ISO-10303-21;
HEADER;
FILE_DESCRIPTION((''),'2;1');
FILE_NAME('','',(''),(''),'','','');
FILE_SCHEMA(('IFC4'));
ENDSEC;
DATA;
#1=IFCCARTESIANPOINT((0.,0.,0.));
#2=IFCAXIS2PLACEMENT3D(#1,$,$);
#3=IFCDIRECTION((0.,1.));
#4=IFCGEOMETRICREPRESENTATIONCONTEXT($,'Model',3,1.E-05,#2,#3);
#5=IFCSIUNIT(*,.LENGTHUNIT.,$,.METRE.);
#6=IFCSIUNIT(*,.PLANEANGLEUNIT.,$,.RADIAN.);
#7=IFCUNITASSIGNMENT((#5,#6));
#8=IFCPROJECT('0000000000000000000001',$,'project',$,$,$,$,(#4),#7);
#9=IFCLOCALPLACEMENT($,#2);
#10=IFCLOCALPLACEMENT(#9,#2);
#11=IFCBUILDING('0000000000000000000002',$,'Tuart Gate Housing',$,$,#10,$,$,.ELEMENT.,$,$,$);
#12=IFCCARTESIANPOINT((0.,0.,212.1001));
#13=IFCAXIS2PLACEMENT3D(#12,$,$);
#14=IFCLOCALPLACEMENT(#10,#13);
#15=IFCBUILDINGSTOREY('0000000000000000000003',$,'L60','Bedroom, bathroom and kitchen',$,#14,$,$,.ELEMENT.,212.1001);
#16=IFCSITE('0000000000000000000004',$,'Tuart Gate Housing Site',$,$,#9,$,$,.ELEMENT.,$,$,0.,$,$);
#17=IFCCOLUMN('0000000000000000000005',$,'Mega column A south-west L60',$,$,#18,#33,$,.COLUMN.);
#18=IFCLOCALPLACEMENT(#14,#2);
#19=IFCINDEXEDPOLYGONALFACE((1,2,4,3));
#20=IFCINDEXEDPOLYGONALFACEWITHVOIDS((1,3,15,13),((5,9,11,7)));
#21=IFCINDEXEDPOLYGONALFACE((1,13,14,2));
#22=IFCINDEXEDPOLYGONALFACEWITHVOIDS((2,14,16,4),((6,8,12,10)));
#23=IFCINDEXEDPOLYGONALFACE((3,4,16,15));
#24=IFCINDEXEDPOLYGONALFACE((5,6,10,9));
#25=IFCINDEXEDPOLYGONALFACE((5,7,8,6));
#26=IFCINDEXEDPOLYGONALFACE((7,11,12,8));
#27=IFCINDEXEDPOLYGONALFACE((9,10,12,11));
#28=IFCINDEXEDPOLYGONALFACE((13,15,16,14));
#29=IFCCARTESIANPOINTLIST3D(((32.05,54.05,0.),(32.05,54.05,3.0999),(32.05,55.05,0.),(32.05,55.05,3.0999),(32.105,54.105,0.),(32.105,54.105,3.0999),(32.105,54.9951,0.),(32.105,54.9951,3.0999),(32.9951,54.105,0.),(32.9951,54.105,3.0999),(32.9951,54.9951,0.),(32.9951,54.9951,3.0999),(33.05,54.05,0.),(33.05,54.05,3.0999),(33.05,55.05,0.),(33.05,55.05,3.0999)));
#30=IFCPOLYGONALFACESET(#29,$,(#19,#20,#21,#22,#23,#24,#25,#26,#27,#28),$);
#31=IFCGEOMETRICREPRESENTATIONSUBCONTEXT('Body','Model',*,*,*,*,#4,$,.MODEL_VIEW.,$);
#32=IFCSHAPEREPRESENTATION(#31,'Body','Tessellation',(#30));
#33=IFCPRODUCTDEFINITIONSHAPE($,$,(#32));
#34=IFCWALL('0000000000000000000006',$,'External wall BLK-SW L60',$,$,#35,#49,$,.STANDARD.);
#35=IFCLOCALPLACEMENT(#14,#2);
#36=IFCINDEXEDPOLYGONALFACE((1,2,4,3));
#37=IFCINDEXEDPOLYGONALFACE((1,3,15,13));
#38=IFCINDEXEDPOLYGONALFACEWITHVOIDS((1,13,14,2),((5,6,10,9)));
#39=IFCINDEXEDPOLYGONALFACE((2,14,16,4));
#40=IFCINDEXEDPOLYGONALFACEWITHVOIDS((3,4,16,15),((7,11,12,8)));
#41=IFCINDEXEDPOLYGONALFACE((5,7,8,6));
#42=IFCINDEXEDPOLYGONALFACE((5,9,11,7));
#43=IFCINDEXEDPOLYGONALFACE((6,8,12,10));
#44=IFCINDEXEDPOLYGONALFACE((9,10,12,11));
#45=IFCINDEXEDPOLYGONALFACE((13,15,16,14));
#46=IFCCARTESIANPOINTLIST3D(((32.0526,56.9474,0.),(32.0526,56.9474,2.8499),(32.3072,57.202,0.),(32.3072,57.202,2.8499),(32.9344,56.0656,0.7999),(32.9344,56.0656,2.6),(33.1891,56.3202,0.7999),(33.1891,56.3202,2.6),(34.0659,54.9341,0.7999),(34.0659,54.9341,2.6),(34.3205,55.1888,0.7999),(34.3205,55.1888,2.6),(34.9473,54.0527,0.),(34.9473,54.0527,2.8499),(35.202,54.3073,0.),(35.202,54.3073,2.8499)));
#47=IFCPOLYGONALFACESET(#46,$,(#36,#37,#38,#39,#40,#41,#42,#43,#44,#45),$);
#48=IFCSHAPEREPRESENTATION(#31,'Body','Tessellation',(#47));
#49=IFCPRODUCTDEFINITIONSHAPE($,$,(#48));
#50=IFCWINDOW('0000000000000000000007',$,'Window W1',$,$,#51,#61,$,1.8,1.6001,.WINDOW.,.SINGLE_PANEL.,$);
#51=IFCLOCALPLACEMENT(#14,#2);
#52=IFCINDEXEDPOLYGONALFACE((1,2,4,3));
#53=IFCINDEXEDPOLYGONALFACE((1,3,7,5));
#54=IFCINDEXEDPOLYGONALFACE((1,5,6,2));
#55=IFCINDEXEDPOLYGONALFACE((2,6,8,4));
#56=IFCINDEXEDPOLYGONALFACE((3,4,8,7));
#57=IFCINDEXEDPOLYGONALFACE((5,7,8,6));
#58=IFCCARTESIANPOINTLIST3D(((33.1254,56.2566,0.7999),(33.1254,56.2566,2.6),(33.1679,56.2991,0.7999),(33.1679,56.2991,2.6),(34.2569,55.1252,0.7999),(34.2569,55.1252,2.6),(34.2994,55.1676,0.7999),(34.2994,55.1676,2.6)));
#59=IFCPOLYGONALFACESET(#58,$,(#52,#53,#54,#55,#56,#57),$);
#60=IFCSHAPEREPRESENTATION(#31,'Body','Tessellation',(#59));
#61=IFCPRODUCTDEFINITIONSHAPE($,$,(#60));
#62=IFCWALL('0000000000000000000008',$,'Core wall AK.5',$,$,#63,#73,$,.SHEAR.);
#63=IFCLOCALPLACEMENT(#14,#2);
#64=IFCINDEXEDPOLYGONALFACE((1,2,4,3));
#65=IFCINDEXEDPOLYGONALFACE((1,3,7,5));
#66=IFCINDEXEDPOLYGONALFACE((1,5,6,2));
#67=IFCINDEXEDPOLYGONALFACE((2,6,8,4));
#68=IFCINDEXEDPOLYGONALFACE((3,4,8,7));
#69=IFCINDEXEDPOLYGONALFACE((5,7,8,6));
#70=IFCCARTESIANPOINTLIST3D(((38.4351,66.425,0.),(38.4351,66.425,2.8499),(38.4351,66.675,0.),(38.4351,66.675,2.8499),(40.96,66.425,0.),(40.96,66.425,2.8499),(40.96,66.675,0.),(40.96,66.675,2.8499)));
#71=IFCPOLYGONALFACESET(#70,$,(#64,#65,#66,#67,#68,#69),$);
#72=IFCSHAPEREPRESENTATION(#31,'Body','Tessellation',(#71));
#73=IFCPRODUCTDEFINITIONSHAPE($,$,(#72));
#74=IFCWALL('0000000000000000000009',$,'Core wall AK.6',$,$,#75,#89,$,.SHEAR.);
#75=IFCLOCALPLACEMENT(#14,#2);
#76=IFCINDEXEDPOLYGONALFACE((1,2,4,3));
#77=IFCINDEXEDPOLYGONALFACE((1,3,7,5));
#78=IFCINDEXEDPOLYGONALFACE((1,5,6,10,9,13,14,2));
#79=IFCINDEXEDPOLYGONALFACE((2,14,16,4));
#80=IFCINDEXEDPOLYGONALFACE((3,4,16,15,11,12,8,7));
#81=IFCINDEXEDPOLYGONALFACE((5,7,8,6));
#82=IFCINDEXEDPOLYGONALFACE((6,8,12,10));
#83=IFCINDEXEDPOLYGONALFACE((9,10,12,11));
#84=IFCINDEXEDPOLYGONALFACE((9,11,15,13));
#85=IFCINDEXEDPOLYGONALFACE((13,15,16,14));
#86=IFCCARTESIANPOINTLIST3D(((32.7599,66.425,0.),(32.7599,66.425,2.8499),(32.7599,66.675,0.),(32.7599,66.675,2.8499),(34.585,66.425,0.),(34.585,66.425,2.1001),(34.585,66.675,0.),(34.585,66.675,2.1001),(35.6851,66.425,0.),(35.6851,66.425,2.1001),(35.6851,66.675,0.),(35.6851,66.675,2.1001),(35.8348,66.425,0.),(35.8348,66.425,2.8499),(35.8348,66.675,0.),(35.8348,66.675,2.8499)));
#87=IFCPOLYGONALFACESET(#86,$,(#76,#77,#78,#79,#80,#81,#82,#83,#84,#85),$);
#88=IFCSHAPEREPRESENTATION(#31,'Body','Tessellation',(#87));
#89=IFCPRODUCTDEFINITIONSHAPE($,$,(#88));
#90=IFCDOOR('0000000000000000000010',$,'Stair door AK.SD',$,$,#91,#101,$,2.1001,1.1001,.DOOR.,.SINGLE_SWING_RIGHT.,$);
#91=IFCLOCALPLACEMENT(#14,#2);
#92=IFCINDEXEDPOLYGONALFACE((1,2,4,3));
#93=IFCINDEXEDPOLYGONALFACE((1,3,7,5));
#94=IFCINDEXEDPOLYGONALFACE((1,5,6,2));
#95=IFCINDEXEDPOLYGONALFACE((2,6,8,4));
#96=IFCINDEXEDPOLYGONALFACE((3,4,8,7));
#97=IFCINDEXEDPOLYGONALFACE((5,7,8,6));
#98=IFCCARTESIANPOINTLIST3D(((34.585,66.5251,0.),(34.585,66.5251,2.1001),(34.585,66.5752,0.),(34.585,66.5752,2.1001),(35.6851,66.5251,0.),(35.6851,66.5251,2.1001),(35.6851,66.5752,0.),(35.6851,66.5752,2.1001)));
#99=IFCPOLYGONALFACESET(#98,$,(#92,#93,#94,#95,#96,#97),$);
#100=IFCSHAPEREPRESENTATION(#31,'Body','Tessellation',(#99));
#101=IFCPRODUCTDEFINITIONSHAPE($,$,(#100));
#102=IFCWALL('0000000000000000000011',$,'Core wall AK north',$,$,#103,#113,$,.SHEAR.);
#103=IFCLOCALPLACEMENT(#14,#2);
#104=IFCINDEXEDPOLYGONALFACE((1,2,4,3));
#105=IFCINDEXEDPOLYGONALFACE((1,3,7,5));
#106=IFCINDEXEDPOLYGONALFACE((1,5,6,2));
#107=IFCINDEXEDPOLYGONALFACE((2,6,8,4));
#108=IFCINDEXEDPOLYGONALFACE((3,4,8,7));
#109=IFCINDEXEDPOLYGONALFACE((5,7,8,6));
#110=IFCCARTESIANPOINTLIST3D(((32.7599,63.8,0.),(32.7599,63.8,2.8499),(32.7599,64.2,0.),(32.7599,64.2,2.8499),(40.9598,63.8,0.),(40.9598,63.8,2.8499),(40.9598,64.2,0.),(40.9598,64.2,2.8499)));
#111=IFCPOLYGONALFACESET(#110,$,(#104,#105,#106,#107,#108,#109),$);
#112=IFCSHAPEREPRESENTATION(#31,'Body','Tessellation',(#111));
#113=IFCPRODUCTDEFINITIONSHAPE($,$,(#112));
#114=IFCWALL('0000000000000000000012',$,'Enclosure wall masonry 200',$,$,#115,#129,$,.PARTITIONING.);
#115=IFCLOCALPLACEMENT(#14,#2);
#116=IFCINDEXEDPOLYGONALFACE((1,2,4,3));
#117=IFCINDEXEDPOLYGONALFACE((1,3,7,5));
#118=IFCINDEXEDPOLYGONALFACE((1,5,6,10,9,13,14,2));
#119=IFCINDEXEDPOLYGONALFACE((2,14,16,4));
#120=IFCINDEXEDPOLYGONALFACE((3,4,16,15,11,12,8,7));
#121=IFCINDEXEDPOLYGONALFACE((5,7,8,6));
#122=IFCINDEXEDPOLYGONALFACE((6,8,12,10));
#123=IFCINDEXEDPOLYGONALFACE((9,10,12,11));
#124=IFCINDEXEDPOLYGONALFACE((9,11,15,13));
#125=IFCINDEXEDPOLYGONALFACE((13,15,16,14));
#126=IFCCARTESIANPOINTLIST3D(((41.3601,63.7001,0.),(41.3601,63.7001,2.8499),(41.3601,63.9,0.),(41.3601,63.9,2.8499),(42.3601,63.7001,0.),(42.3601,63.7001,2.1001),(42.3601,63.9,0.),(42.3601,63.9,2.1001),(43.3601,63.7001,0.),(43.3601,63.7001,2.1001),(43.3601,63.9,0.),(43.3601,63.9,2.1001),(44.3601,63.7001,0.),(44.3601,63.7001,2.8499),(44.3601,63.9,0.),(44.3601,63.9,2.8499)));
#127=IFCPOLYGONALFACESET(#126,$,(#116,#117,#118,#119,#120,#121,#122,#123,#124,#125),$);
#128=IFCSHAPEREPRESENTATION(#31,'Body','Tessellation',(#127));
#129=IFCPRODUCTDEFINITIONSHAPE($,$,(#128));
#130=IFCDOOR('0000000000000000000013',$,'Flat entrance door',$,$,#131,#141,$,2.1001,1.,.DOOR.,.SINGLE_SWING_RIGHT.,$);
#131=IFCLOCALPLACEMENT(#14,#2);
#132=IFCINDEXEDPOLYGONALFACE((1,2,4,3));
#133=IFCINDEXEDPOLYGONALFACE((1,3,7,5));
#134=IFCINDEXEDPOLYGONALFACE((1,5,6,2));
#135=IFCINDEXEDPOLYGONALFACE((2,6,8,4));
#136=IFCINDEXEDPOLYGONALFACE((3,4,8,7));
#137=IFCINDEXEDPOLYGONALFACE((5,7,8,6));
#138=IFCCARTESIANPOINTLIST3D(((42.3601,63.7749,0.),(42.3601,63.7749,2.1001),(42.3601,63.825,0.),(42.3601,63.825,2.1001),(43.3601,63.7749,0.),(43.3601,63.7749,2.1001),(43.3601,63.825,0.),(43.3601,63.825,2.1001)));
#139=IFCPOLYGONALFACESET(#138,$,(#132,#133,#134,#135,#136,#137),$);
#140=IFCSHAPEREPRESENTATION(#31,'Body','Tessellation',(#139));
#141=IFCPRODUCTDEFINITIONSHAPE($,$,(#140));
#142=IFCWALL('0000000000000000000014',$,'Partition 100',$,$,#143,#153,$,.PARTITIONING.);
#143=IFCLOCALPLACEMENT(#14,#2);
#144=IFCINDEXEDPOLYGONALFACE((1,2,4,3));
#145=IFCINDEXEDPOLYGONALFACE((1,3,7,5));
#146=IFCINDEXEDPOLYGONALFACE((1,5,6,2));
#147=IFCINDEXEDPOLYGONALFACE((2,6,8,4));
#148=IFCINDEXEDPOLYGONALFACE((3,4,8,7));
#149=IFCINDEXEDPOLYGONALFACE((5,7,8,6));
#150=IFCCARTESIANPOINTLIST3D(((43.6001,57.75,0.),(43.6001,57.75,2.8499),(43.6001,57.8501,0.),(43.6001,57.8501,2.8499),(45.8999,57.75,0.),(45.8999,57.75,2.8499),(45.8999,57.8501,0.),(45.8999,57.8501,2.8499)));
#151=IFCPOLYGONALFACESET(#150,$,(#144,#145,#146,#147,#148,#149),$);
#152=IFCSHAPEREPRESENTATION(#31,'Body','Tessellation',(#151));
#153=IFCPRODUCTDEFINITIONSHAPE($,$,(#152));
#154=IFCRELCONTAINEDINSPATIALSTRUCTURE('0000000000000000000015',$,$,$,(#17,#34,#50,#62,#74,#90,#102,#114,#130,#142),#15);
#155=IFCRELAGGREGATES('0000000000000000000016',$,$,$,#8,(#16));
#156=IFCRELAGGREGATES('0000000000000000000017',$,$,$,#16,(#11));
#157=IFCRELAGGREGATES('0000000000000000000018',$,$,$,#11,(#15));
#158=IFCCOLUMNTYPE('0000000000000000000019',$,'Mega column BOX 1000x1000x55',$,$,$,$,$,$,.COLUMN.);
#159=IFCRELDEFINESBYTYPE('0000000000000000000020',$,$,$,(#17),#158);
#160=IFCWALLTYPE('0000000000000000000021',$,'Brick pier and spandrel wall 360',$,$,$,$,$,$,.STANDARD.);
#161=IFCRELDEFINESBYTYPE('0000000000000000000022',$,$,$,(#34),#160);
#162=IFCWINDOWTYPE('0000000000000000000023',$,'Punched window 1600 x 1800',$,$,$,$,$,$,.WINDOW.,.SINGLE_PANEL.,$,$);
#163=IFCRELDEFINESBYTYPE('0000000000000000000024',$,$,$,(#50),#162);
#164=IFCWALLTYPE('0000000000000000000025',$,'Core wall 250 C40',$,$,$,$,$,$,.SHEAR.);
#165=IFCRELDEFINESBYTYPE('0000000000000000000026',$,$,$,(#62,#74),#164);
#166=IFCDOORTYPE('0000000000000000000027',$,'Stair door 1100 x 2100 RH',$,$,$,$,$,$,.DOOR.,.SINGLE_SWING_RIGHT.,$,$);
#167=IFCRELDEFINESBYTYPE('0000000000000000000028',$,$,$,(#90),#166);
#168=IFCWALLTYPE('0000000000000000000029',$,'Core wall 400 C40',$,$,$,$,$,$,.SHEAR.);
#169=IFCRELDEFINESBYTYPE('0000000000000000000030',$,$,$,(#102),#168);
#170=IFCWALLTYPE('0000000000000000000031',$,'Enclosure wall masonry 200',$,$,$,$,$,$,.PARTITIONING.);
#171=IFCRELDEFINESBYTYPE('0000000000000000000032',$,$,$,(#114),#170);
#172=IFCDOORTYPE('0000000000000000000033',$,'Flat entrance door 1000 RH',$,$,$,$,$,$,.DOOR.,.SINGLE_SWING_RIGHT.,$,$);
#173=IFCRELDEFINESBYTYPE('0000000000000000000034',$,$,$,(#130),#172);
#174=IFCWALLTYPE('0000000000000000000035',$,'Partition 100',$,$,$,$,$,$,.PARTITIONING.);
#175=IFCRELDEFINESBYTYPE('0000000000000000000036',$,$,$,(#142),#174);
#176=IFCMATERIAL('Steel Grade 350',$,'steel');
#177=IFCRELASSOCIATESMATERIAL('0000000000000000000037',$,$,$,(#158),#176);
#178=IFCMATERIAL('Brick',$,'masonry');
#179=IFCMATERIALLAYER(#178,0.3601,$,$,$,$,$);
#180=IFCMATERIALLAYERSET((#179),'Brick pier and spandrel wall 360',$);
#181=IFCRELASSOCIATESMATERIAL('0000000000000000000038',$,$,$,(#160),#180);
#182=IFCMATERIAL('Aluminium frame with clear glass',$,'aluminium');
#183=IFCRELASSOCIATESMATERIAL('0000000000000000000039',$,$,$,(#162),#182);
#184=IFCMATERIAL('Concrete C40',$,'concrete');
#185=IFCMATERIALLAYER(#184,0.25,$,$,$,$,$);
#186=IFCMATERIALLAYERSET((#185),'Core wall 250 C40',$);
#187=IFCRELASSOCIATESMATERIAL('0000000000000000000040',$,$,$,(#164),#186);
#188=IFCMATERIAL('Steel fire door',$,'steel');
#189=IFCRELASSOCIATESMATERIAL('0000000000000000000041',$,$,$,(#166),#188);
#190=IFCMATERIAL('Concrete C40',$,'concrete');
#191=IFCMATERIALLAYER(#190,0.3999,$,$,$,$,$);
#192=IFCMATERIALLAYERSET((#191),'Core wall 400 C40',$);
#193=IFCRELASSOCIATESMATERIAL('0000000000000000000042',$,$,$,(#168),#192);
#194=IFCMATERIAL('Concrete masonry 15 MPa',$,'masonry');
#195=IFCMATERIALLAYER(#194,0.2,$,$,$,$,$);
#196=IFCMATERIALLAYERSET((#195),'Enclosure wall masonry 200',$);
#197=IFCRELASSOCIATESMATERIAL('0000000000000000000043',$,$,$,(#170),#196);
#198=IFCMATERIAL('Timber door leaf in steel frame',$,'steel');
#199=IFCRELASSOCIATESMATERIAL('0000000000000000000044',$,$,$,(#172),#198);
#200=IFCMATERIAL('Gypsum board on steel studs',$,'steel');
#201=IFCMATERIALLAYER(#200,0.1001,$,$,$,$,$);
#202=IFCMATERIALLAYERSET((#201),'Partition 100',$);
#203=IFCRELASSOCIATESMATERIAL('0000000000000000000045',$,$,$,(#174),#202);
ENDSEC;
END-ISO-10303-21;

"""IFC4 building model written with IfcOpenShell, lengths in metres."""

from ifc_helpers import new_model, si_unit, direction, frame, frame_2d, origin, origin_2d, place, context, subcontext, project, spatial, rectangle, hollow_rectangle, extrude, material, layer, layer_set, material_profile, profile_set, type_object, element, fill, save


model = new_model("IFC4")

# Units and contexts
model_context = context("Model", 3, precision=1e-05, world=origin(), true_north=direction((0.0, 1.0)))
body_context = subcontext(model_context, "Body", "Model", "MODEL_VIEW")
ifc_project = project(units=[si_unit("LENGTHUNIT", "METRE"), si_unit("PLANEANGLEUNIT", "RADIAN")], contexts=[model_context])

# Site, building, storey
site_placement = place(None, origin())
site = spatial("IfcSite", under=ifc_project, at=site_placement, Name="Tuart Gate Housing Site", CompositionType="ELEMENT", RefElevation=0.0)
building_placement = place(site_placement, origin())
building = spatial("IfcBuilding", under=site, at=building_placement, Name="Tuart Gate Housing", CompositionType="ELEMENT")
storey_placement = place(building_placement, frame((0.0, 0.0, 212.1001)))
storey = spatial("IfcBuildingStorey", under=building, at=storey_placement, Name="L60", Description="Bedroom, bathroom and kitchen", CompositionType="ELEMENT", Elevation=212.1001)

# Column
ifc_material_1 = material(Name="Steel Grade 350", Category="steel")
ifc_material_profile = material_profile(ifc_material_1, hollow_rectangle(XDim=1.0, YDim=1.0, WallThickness=0.0549, at=origin_2d()), Name="BOX 1000x1000x55")
ifc_profile_set = profile_set([ifc_material_profile], Name="Steel Grade 350")
column_type = type_object("IfcColumnType", Name="Mega column BOX 1000x1000x55", PredefinedType="COLUMN", material=ifc_profile_set)
column_placement = place(storey_placement, frame((32.55, 54.55, 0.0), z_axis=(0.0, 0.0, 1.0), x_axis=(1.0, 0.0, 0.0)))
element("IfcColumn", 1, at=column_placement, inside=storey, type_object=column_type, Name="Mega column A south-west L60", PredefinedType="COLUMN", context=body_context, shape_type="SweptSolid", body=[
    extrude(hollow_rectangle(XDim=1.0, YDim=1.0, WallThickness=0.0549, at=origin_2d()), origin(), (0.0, 0.0, 1.0), 3.0999),
])

# Wall, opening, window
ifc_material_2 = material(Name="Brick", Category="masonry")
ifc_layer_1 = layer(ifc_material_2, 0.3601)
ifc_layer_set_1 = layer_set([ifc_layer_1], Name="Brick pier and spandrel wall 360")
wall_type_1 = type_object("IfcWallType", Name="Brick pier and spandrel wall 360", PredefinedType="STANDARD", material=ifc_layer_set_1)
wall_1_placement = place(storey_placement, frame((32.1799, 57.0747, 0.0), z_axis=(0.0, 0.0, 1.0), x_axis=(0.707107, -0.707107, 0.0)))
wall_1 = element("IfcWall", 2, at=wall_1_placement, inside=storey, type_object=wall_type_1, Name="External wall BLK-SW L60", PredefinedType="STANDARD", context=body_context, shape_type="SweptSolid", body=[
    extrude(rectangle(XDim=4.0938, YDim=0.3601, at=frame_2d((2.0469, 0.0))), origin(), (0.0, 0.0, 1.0), 2.8499),
])
opening_1_placement = place(wall_1_placement, frame((1.2471, 0.0, 0.8)))
opening_1 = element("IfcOpeningElement", 3, at=opening_1_placement, cuts=wall_1, PredefinedType="OPENING", context=body_context, shape_type="SweptSolid", body=[
    extrude(rectangle(XDim=1.6001, YDim=1.8, at=frame_2d((0.8, 0.8999))), frame((0.0, 0.1899, 0.0), z_axis=(0.0, -1.0, 0.0), x_axis=(1.0, 0.0, 0.0)), (0.0, 0.0, 1.0), 0.3801),
])
ifc_material_3 = material(Name="Aluminium frame with clear glass", Category="aluminium")
window_type = type_object("IfcWindowType", Name="Punched window 1600 x 1800", PartitioningType="SINGLE_PANEL", PredefinedType="WINDOW", material=ifc_material_3)
window_placement = place(opening_1_placement, origin())
window = element("IfcWindow", 4, at=window_placement, inside=storey, type_object=window_type, Name="Window W1", OverallHeight=1.8, OverallWidth=1.6001, PartitioningType="SINGLE_PANEL", PredefinedType="WINDOW", context=body_context, shape_type="SweptSolid", body=[
    extrude(rectangle(XDim=1.6001, YDim=1.8, at=frame_2d((0.8, 0.8999))), frame((0.0, 0.1501, 0.0), z_axis=(0.0, -1.0, 0.0), x_axis=(1.0, 0.0, 0.0)), (0.0, 0.0, 1.0), 0.0601),
])
fill(opening_1, window)

# Wall
ifc_material_4 = material(Name="Concrete C40", Category="concrete")
ifc_layer_2 = layer(ifc_material_4, 0.25)
ifc_layer_set_2 = layer_set([ifc_layer_2], Name="Core wall 250 C40")
wall_type_2 = type_object("IfcWallType", Name="Core wall 250 C40", PredefinedType="SHEAR", material=ifc_layer_set_2)
wall_2_placement = place(storey_placement, frame((40.96, 66.55, 0.0), z_axis=(0.0, 0.0, 1.0), x_axis=(-1.0, 0.0, 0.0)))
element("IfcWall", 5, at=wall_2_placement, inside=storey, type_object=wall_type_2, Name="Core wall AK.5", PredefinedType="SHEAR", context=body_context, shape_type="SweptSolid", body=[
    extrude(rectangle(XDim=2.5249, YDim=0.25, at=frame_2d((1.2625, 0.0))), origin(), (0.0, 0.0, 1.0), 2.8499),
])

# Wall, opening, door
wall_3_placement = place(storey_placement, frame((35.835, 66.55, 0.0), z_axis=(0.0, 0.0, 1.0), x_axis=(-1.0, 0.0, 0.0)))
wall_3 = element("IfcWall", 6, at=wall_3_placement, inside=storey, type_object=wall_type_2, Name="Core wall AK.6", PredefinedType="SHEAR", context=body_context, shape_type="SweptSolid", body=[
    extrude(rectangle(XDim=3.075, YDim=0.25, at=frame_2d((1.5376, 0.0))), origin(), (0.0, 0.0, 1.0), 2.8499),
])
opening_2_placement = place(wall_3_placement, frame((0.1499, 0.0, 0.0)))
opening_2 = element("IfcOpeningElement", 7, at=opening_2_placement, cuts=wall_3, PredefinedType="OPENING", context=body_context, shape_type="SweptSolid", body=[
    extrude(rectangle(XDim=1.1001, YDim=2.1001, at=frame_2d((0.55, 1.05))), frame((0.0, 0.135, 0.0), z_axis=(0.0, -1.0, 0.0), x_axis=(1.0, 0.0, 0.0)), (0.0, 0.0, 1.0), 0.27),
])
ifc_material_5 = material(Name="Steel fire door", Category="steel")
door_type_1 = type_object("IfcDoorType", Name="Stair door 1100 x 2100 RH", OperationType="SINGLE_SWING_RIGHT", PredefinedType="DOOR", material=ifc_material_5)
door_1_placement = place(opening_2_placement, frame((1.1001, 0.0, 0.0), z_axis=(0.0, 0.0, 1.0), x_axis=(-1.0, 0.0, 0.0)))
door_1 = element("IfcDoor", 8, at=door_1_placement, inside=storey, type_object=door_type_1, Name="Stair door AK.SD", OperationType="SINGLE_SWING_RIGHT", OverallHeight=2.1001, OverallWidth=1.1001, PredefinedType="DOOR", context=body_context, shape_type="SweptSolid", body=[
    extrude(rectangle(XDim=1.1001, YDim=2.1001, at=frame_2d((0.55, 1.05))), frame((0.0, 0.0251, 0.0), z_axis=(0.0, -1.0, 0.0), x_axis=(1.0, 0.0, 0.0)), (0.0, 0.0, 1.0), 0.05),
])
fill(opening_2, door_1)

# Wall
ifc_material_6 = material(Name="Concrete C40", Category="concrete")
ifc_layer_3 = layer(ifc_material_6, 0.3999)
ifc_layer_set_3 = layer_set([ifc_layer_3], Name="Core wall 400 C40")
wall_type_3 = type_object("IfcWallType", Name="Core wall 400 C40", PredefinedType="SHEAR", material=ifc_layer_set_3)
wall_4_placement = place(storey_placement, frame((40.96, 64.0, 0.0), z_axis=(0.0, 0.0, 1.0), x_axis=(-1.0, 0.0, 0.0)))
element("IfcWall", 9, at=wall_4_placement, inside=storey, type_object=wall_type_3, Name="Core wall AK north", PredefinedType="SHEAR", context=body_context, shape_type="SweptSolid", body=[
    extrude(rectangle(XDim=8.2, YDim=0.3999, at=frame_2d((4.1001, 0.0))), origin(), (0.0, 0.0, 1.0), 2.8499),
])

# Wall, opening, door
ifc_material_7 = material(Name="Concrete masonry 15 MPa", Category="masonry")
ifc_layer_4 = layer(ifc_material_7, 0.2)
ifc_layer_set_4 = layer_set([ifc_layer_4], Name="Enclosure wall masonry 200")
wall_type_4 = type_object("IfcWallType", Name="Enclosure wall masonry 200", PredefinedType="PARTITIONING", material=ifc_layer_set_4)
wall_5_placement = place(storey_placement, frame((41.3601, 63.8, 0.0), z_axis=(0.0, 0.0, 1.0), x_axis=(1.0, 0.0, 0.0)))
wall_5 = element("IfcWall", 10, at=wall_5_placement, inside=storey, type_object=wall_type_4, Name="Enclosure wall masonry 200", PredefinedType="PARTITIONING", context=body_context, shape_type="SweptSolid", body=[
    extrude(rectangle(XDim=3.0, YDim=0.2, at=frame_2d((1.5, 0.0))), origin(), (0.0, 0.0, 1.0), 2.8499),
])
opening_3_placement = place(wall_5_placement, frame((1.0, 0.0, 0.0)))
opening_3 = element("IfcOpeningElement", 11, at=opening_3_placement, cuts=wall_5, PredefinedType="OPENING", context=body_context, shape_type="SweptSolid", body=[
    extrude(rectangle(XDim=1.0, YDim=2.1001, at=frame_2d((0.5, 1.05))), frame((0.0, 0.1099, 0.0), z_axis=(0.0, -1.0, 0.0), x_axis=(1.0, 0.0, 0.0)), (0.0, 0.0, 1.0), 0.22),
])
ifc_material_8 = material(Name="Timber door leaf in steel frame", Category="steel")
door_type_2 = type_object("IfcDoorType", Name="Flat entrance door 1000 RH", OperationType="SINGLE_SWING_RIGHT", PredefinedType="DOOR", material=ifc_material_8)
door_2_placement = place(opening_3_placement, frame((1.0, 0.0, 0.0), z_axis=(0.0, 0.0, 1.0), x_axis=(-1.0, 0.0, 0.0)))
door_2 = element("IfcDoor", 12, at=door_2_placement, inside=storey, type_object=door_type_2, Name="Flat entrance door", OperationType="SINGLE_SWING_RIGHT", OverallHeight=2.1001, OverallWidth=1.0, PredefinedType="DOOR", context=body_context, shape_type="SweptSolid", body=[
    extrude(rectangle(XDim=1.0, YDim=2.1001, at=frame_2d((0.5, 1.05))), frame((0.0, 0.0251, 0.0), z_axis=(0.0, -1.0, 0.0), x_axis=(1.0, 0.0, 0.0)), (0.0, 0.0, 1.0), 0.05),
])
fill(opening_3, door_2)

# Wall
ifc_material_9 = material(Name="Gypsum board on steel studs", Category="steel")
ifc_layer_5 = layer(ifc_material_9, 0.1001)
ifc_layer_set_5 = layer_set([ifc_layer_5], Name="Partition 100")
wall_type_5 = type_object("IfcWallType", Name="Partition 100", PredefinedType="PARTITIONING", material=ifc_layer_set_5)
wall_6_placement = place(storey_placement, frame((43.6001, 57.8, 0.0), z_axis=(0.0, 0.0, 1.0), x_axis=(1.0, 0.0, 0.0)))
element("IfcWall", 13, at=wall_6_placement, inside=storey, type_object=wall_type_5, Name="Partition 100", PredefinedType="PARTITIONING", context=body_context, shape_type="SweptSolid", body=[
    extrude(rectangle(XDim=2.2998, YDim=0.1001, at=frame_2d((1.1499, 0.0))), origin(), (0.0, 0.0, 1.0), 2.8499),
])

save(model, "model.ifc")
